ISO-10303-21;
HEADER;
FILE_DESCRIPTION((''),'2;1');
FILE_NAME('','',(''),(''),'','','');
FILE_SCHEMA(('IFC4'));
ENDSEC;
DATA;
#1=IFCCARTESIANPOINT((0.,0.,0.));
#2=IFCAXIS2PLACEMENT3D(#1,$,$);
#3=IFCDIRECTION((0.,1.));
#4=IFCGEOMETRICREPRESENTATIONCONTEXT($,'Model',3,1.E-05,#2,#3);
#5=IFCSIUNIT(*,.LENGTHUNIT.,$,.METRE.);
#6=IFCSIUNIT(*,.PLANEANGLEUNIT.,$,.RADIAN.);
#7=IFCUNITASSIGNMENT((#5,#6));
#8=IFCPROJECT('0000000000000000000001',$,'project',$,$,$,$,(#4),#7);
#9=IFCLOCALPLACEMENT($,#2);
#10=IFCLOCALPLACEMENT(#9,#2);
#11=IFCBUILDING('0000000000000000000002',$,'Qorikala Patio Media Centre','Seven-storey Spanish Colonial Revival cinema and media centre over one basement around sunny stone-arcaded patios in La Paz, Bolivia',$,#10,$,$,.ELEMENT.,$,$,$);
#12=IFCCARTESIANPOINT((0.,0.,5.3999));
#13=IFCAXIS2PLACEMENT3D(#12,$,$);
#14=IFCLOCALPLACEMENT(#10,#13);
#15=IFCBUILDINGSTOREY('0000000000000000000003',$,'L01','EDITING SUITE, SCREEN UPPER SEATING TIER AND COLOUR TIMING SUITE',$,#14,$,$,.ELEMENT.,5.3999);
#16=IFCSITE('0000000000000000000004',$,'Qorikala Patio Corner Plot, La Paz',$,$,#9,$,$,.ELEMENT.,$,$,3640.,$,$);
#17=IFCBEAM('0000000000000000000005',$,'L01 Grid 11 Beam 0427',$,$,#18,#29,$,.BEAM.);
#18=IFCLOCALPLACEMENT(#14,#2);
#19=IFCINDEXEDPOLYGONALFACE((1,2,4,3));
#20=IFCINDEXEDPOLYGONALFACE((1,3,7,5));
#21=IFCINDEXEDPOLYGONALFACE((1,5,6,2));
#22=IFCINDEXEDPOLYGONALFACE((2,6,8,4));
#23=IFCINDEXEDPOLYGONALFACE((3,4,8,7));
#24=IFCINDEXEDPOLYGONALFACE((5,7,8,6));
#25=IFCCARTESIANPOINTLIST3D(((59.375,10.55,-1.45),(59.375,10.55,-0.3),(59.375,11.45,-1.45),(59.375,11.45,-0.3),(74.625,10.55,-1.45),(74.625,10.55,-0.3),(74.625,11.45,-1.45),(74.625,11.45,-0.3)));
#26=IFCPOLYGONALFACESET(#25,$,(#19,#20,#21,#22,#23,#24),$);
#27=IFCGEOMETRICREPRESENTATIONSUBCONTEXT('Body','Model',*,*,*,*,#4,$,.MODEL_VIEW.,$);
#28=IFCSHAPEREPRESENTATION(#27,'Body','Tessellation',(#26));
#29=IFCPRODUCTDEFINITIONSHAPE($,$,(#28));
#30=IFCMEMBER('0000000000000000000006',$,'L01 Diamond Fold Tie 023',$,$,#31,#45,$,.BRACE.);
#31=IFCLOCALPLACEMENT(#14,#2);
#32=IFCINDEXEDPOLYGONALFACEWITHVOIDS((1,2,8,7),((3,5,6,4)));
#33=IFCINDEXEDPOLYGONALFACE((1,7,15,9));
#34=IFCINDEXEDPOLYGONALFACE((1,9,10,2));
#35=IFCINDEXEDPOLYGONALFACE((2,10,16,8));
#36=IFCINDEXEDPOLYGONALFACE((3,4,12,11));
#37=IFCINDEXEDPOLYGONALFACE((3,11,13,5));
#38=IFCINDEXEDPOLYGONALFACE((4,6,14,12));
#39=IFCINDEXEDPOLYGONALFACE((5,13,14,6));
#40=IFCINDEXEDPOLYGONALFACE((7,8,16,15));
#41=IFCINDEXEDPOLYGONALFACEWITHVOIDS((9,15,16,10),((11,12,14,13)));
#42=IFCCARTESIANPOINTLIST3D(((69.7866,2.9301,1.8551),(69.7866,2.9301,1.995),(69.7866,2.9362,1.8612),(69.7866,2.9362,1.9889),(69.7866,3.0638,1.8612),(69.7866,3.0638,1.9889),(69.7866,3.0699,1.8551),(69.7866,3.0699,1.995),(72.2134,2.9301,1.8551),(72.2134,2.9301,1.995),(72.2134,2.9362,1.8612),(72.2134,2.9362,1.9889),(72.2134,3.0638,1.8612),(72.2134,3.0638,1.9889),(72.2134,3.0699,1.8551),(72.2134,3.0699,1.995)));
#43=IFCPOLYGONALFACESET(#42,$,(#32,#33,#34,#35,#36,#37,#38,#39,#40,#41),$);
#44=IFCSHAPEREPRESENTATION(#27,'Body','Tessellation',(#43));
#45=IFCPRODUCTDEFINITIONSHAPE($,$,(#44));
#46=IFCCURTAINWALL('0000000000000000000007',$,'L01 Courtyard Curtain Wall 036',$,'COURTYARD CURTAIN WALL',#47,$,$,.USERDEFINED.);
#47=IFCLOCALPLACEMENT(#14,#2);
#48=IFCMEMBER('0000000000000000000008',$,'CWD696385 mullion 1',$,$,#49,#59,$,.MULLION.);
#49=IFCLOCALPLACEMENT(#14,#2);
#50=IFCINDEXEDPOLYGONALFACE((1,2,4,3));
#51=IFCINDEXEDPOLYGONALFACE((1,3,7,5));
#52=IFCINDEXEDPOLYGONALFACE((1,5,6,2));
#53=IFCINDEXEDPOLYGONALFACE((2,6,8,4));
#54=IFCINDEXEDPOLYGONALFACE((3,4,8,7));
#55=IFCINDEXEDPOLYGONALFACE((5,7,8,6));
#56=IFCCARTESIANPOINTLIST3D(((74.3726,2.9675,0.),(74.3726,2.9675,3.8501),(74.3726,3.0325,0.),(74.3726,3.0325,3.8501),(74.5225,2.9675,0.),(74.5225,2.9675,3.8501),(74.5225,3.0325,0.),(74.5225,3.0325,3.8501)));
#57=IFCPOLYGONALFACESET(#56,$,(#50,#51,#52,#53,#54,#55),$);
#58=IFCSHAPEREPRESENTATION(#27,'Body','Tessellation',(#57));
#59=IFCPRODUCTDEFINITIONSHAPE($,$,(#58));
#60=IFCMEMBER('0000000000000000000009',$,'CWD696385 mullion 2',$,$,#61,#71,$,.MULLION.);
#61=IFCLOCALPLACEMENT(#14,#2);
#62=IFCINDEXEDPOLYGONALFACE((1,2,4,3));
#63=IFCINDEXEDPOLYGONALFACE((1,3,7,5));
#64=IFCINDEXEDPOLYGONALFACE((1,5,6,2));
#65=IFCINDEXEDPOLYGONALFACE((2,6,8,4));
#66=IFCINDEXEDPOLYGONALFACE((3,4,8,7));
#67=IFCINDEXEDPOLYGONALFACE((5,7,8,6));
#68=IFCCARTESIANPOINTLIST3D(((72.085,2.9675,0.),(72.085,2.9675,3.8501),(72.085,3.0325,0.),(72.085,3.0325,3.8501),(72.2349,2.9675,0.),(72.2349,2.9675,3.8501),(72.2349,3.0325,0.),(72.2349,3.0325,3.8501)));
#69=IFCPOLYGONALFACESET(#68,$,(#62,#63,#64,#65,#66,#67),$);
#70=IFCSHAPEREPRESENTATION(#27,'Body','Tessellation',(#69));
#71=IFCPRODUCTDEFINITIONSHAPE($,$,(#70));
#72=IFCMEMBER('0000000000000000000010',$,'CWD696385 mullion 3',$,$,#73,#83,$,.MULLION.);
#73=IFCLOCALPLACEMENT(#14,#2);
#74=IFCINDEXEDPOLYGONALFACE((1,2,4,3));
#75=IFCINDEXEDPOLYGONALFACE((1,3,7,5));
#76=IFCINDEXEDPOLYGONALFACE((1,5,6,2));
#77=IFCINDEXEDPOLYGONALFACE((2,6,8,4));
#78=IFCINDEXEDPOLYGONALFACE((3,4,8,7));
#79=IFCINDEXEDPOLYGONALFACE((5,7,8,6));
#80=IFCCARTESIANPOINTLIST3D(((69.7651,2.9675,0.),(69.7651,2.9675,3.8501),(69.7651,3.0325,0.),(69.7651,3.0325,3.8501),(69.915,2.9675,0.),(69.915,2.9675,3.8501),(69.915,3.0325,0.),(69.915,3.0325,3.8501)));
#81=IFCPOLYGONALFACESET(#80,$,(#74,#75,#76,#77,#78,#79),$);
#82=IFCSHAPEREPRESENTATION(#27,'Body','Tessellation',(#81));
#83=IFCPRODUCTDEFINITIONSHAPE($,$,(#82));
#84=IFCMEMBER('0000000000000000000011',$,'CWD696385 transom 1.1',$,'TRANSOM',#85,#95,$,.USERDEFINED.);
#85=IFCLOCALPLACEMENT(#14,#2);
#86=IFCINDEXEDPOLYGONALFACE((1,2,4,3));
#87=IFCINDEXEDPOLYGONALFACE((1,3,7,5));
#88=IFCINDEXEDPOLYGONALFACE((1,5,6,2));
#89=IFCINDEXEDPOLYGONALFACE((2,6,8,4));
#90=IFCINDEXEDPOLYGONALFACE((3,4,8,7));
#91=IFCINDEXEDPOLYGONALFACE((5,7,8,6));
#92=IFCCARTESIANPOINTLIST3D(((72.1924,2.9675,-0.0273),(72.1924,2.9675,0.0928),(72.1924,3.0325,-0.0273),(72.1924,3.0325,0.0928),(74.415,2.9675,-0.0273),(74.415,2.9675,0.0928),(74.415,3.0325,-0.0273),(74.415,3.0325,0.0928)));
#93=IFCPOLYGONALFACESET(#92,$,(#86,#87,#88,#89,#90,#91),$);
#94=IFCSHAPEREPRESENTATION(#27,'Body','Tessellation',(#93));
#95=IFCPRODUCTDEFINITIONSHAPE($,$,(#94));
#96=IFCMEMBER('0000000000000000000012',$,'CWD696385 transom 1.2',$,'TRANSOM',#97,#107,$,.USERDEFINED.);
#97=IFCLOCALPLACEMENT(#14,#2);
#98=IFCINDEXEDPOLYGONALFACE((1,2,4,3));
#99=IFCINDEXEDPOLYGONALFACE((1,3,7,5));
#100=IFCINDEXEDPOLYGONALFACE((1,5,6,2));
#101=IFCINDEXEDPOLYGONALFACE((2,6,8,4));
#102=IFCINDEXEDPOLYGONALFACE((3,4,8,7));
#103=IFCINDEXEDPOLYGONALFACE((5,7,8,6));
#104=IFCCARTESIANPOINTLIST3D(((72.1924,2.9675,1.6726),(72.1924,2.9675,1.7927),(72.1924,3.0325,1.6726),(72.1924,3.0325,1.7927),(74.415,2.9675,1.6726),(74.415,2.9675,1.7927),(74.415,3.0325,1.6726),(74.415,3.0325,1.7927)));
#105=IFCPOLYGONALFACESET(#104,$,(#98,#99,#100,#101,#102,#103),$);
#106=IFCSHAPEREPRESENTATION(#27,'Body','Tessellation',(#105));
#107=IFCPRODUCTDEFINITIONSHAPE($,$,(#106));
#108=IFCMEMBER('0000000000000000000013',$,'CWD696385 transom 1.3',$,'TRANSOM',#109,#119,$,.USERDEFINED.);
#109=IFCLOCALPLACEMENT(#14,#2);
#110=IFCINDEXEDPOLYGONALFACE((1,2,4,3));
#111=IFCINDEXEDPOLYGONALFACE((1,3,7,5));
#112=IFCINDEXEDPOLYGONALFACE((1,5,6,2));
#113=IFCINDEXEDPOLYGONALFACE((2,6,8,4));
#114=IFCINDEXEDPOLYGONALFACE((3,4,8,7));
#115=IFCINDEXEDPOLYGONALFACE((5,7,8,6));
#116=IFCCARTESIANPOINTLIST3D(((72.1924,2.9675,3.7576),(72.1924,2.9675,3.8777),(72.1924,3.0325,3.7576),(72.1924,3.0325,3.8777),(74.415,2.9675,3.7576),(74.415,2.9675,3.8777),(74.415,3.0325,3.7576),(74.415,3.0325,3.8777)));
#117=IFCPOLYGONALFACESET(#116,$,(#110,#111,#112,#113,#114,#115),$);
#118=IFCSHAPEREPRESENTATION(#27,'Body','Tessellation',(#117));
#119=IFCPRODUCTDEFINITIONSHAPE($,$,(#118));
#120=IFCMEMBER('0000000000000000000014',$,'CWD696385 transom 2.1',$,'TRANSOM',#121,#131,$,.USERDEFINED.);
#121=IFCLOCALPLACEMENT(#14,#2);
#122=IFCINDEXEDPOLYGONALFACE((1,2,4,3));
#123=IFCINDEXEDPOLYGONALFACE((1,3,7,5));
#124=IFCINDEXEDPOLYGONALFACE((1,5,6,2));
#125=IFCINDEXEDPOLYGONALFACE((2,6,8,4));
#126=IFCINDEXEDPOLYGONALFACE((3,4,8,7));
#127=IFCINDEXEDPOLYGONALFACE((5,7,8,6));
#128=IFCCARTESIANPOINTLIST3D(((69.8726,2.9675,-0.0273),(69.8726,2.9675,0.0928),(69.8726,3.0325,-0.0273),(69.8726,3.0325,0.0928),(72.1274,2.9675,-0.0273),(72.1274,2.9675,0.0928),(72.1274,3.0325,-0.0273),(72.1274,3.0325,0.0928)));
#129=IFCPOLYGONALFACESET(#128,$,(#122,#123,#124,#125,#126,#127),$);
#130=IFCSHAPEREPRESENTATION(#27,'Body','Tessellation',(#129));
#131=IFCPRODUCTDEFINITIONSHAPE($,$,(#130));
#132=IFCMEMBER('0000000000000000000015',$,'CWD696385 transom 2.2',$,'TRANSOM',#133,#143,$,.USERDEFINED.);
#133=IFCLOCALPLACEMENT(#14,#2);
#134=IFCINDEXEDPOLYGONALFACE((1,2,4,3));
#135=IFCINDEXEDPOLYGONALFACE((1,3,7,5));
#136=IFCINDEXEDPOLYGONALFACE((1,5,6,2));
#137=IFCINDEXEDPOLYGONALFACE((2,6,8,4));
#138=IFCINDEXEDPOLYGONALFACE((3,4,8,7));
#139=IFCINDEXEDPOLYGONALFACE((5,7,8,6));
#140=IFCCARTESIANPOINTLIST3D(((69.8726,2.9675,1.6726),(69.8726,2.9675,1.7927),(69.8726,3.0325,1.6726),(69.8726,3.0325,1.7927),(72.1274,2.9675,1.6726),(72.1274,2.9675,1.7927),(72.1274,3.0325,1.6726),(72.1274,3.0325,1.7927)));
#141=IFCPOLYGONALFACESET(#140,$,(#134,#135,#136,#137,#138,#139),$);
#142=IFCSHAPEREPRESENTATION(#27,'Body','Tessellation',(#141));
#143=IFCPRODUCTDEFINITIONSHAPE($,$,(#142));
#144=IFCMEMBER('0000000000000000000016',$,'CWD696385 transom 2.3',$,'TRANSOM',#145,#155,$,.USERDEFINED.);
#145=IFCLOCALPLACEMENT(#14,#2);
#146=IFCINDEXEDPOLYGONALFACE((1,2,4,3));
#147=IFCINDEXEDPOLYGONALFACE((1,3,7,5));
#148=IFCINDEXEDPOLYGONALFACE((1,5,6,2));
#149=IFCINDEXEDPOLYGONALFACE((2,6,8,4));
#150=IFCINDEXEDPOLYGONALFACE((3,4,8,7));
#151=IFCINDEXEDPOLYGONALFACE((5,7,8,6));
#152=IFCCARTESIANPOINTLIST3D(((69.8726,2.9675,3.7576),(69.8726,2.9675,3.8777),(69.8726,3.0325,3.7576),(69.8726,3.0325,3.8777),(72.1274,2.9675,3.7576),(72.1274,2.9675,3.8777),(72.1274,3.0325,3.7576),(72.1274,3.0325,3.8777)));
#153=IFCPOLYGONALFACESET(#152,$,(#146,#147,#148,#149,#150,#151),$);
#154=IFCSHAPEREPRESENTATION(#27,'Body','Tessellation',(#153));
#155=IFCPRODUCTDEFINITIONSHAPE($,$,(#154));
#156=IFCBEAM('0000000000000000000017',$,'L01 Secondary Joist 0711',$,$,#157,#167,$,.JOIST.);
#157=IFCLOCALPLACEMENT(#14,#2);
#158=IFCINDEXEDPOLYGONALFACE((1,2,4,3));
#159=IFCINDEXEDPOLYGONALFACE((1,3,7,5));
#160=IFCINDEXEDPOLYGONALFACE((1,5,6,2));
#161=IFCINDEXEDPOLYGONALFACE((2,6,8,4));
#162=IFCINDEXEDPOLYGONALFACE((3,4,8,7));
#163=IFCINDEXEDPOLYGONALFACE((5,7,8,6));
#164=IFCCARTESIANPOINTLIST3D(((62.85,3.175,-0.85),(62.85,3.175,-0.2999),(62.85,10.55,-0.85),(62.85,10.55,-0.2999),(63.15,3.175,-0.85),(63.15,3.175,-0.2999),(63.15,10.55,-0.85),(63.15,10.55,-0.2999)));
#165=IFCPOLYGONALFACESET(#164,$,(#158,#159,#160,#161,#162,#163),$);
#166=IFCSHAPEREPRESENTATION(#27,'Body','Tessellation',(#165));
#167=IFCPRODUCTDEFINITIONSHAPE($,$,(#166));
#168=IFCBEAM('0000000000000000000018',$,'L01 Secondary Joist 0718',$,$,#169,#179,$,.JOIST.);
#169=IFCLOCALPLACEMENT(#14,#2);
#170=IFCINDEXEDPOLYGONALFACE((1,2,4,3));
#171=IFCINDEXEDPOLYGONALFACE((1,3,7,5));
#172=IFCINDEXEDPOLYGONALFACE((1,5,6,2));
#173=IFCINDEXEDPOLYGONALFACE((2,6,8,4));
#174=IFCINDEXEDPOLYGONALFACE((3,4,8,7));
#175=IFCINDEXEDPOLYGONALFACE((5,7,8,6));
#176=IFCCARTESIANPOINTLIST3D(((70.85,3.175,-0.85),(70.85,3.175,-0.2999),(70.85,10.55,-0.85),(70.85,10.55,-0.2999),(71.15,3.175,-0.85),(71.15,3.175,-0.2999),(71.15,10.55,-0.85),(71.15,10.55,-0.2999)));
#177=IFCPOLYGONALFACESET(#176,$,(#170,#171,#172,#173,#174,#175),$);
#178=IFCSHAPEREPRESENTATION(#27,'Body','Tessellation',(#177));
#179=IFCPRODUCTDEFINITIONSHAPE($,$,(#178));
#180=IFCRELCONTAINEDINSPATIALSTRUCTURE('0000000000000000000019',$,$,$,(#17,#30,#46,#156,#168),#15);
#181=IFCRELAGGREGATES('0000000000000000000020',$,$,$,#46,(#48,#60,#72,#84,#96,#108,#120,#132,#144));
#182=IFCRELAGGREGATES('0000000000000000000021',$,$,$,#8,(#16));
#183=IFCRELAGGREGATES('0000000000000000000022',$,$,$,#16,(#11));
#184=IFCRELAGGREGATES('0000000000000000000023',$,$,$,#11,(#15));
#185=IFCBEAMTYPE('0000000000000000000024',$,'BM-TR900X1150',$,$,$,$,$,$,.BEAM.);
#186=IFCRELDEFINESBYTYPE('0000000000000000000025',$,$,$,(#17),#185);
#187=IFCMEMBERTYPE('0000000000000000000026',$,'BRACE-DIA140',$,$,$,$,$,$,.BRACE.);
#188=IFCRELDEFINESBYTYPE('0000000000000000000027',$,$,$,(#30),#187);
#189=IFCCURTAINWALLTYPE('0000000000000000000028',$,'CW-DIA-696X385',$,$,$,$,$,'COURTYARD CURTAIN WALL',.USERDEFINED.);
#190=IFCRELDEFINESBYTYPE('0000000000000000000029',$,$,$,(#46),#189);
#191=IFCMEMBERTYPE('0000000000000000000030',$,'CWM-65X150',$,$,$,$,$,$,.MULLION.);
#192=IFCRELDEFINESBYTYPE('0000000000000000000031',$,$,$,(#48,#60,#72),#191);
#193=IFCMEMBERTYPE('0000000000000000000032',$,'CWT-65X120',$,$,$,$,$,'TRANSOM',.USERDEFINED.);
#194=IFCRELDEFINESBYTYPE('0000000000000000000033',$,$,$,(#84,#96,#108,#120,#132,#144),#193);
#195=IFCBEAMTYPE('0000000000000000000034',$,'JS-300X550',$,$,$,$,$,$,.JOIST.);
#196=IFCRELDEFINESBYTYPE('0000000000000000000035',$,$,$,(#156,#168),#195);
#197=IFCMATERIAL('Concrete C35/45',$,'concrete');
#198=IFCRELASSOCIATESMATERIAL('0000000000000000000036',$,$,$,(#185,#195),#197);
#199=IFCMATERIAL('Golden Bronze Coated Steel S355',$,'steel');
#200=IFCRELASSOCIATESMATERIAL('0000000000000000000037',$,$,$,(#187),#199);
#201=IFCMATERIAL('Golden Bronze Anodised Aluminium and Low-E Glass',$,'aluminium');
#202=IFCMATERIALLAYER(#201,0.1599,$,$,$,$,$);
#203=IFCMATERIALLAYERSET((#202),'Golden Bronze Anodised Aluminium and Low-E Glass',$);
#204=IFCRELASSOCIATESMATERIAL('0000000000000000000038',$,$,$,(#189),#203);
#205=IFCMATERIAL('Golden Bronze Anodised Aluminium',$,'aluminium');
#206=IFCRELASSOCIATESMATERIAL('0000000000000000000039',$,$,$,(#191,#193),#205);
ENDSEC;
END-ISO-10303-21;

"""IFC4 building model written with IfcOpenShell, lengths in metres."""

from ifc_helpers import new_model, si_unit, direction, frame, origin, origin_2d, place, context, subcontext, project, spatial, rectangle, hollow_rectangle, extrude, material, layer, layer_set, material_profile, profile_set, type_object, element, aggregate, save


model = new_model("IFC4")

# Units and contexts
model_context = context("Model", 3, precision=1e-05, world=origin(), true_north=direction((0.0, 1.0)))
body_context = subcontext(model_context, "Body", "Model", "MODEL_VIEW")
ifc_project = project(units=[si_unit("LENGTHUNIT", "METRE"), si_unit("PLANEANGLEUNIT", "RADIAN")], contexts=[model_context])

# Site, building, storey
site_placement = place(None, origin())
site = spatial("IfcSite", under=ifc_project, at=site_placement, Name="Qorikala Patio Corner Plot, La Paz", CompositionType="ELEMENT", RefElevation=3640.0)
building_placement = place(site_placement, origin())
building = spatial("IfcBuilding", under=site, at=building_placement, Name="Qorikala Patio Media Centre", Description="Seven-storey Spanish Colonial Revival cinema and media centre over one basement around sunny stone-arcaded patios in La Paz, Bolivia", CompositionType="ELEMENT")
storey_placement = place(building_placement, frame((0.0, 0.0, 5.3999)))
storey = spatial("IfcBuildingStorey", under=building, at=storey_placement, Name="L01", Description="EDITING SUITE, SCREEN UPPER SEATING TIER AND COLOUR TIMING SUITE", CompositionType="ELEMENT", Elevation=5.3999)

# Beam
ifc_material_1 = material(Name="Concrete C35/45", Category="concrete")
ifc_material_profile_1 = material_profile(ifc_material_1, rectangle(XDim=0.8999, YDim=1.1499, at=origin_2d()), Name="RC 900x1150")
ifc_profile_set_1 = profile_set([ifc_material_profile_1], Name="Concrete C35/45")
beam_type_1 = type_object("IfcBeamType", Name="BM-TR900X1150", PredefinedType="BEAM", material=ifc_profile_set_1)
beam_placement = place(storey_placement, frame((59.375, 11.0, -0.875), z_axis=(1.0, 0.0, 0.0), x_axis=(0.0, 1.0, 0.0)))
element("IfcBeam", 1, at=beam_placement, inside=storey, type_object=beam_type_1, Name="L01 Grid 11 Beam 0427", PredefinedType="BEAM", context=body_context, shape_type="SweptSolid", body=[
    extrude(rectangle(XDim=0.8999, YDim=1.1499, at=origin_2d()), origin(), (0.0, 0.0, 1.0), 15.25),
])

# Member
ifc_material_2 = material(Name="Golden Bronze Coated Steel S355", Category="steel")
ifc_material_profile_2 = material_profile(ifc_material_2, hollow_rectangle(XDim=0.1399, YDim=0.1399, WallThickness=0.0061, at=origin_2d()), Name="HSS140X140X6")
ifc_profile_set_2 = profile_set([ifc_material_profile_2], Name="Golden Bronze Coated Steel S355")
member_type_1 = type_object("IfcMemberType", Name="BRACE-DIA140", PredefinedType="BRACE", material=ifc_profile_set_2)
member_1_placement = place(storey_placement, frame((72.2134, 3.0, 1.925), z_axis=(-1.0, 0.0, 0.0), x_axis=(0.0, -1.0, 0.0)))
element("IfcMember", 2, at=member_1_placement, inside=storey, type_object=member_type_1, Name="L01 Diamond Fold Tie 023", PredefinedType="BRACE", context=body_context, shape_type="SweptSolid", body=[
    extrude(hollow_rectangle(XDim=0.1399, YDim=0.1399, WallThickness=0.0061, at=origin_2d()), origin(), (0.0, 0.0, 1.0), 2.4268),
])

# Curtain wall, members
ifc_material_3 = material(Name="Golden Bronze Anodised Aluminium and Low-E Glass", Category="aluminium")
ifc_layer_1 = layer(ifc_material_3, 0.1599)
ifc_layer_set_1 = layer_set([ifc_layer_1], Name="Golden Bronze Anodised Aluminium and Low-E Glass")
curtain_wall_type = type_object("IfcCurtainWallType", Name="CW-DIA-696X385", ElementType="COURTYARD CURTAIN WALL", PredefinedType="USERDEFINED", material=ifc_layer_set_1)
curtain_wall_placement = place(storey_placement, origin())
curtain_wall = element("IfcCurtainWall", 3, at=curtain_wall_placement, inside=storey, type_object=curtain_wall_type, Name="L01 Courtyard Curtain Wall 036", ObjectType="COURTYARD CURTAIN WALL", PredefinedType="USERDEFINED")
ifc_material_4 = material(Name="Golden Bronze Anodised Aluminium", Category="aluminium")
ifc_material_profile_3 = material_profile(ifc_material_4, rectangle(XDim=0.0649, YDim=0.1499, at=origin_2d()), Name="ALU MULLION 65x150")
ifc_profile_set_3 = profile_set([ifc_material_profile_3], Name="Golden Bronze Anodised Aluminium")
member_type_2 = type_object("IfcMemberType", Name="CWM-65X150", PredefinedType="MULLION", material=ifc_profile_set_3)
member_2_placement = place(storey_placement, frame((74.4475, 3.0, 0.0), z_axis=(0.0, 0.0, 1.0), x_axis=(0.0, -1.0, 0.0)))
member_2 = element("IfcMember", 4, at=member_2_placement, type_object=member_type_2, Name="CWD696385 mullion 1", PredefinedType="MULLION", context=body_context, shape_type="SweptSolid", body=[
    extrude(rectangle(XDim=0.0649, YDim=0.1499, at=origin_2d()), origin(), (0.0, 0.0, 1.0), 3.8501),
])
member_3_placement = place(storey_placement, frame((72.1599, 3.0, 0.0), z_axis=(0.0, 0.0, 1.0), x_axis=(0.0, -1.0, 0.0)))
member_3 = element("IfcMember", 5, at=member_3_placement, type_object=member_type_2, Name="CWD696385 mullion 2", PredefinedType="MULLION", context=body_context, shape_type="SweptSolid", body=[
    extrude(rectangle(XDim=0.0649, YDim=0.1499, at=origin_2d()), origin(), (0.0, 0.0, 1.0), 3.8501),
])
member_4_placement = place(storey_placement, frame((69.8401, 3.0, 0.0), z_axis=(0.0, 0.0, 1.0), x_axis=(0.0, -1.0, 0.0)))
member_4 = element("IfcMember", 6, at=member_4_placement, type_object=member_type_2, Name="CWD696385 mullion 3", PredefinedType="MULLION", context=body_context, shape_type="SweptSolid", body=[
    extrude(rectangle(XDim=0.0649, YDim=0.1499, at=origin_2d()), origin(), (0.0, 0.0, 1.0), 3.8501),
])
ifc_material_profile_4 = material_profile(ifc_material_4, rectangle(XDim=0.0649, YDim=0.1201, at=origin_2d()), Name="ALU TRANSOM 65x120")
ifc_profile_set_4 = profile_set([ifc_material_profile_4], Name="Golden Bronze Anodised Aluminium")
member_type_3 = type_object("IfcMemberType", Name="CWT-65X120", ElementType="TRANSOM", PredefinedType="USERDEFINED", material=ifc_profile_set_4)
member_5_placement = place(storey_placement, frame((74.415, 3.0, 0.0327), z_axis=(-1.0, 0.0, 0.0), x_axis=(0.0, -1.0, 0.0)))
member_5 = element("IfcMember", 7, at=member_5_placement, type_object=member_type_3, Name="CWD696385 transom 1.1", ObjectType="TRANSOM", PredefinedType="USERDEFINED", context=body_context, shape_type="SweptSolid", body=[
    extrude(rectangle(XDim=0.0649, YDim=0.1201, at=origin_2d()), origin(), (0.0, 0.0, 1.0), 2.2227),
])
member_6_placement = place(storey_placement, frame((74.415, 3.0, 1.7327), z_axis=(-1.0, 0.0, 0.0), x_axis=(0.0, -1.0, 0.0)))
member_6 = element("IfcMember", 8, at=member_6_placement, type_object=member_type_3, Name="CWD696385 transom 1.2", ObjectType="TRANSOM", PredefinedType="USERDEFINED", context=body_context, shape_type="SweptSolid", body=[
    extrude(rectangle(XDim=0.0649, YDim=0.1201, at=origin_2d()), origin(), (0.0, 0.0, 1.0), 2.2227),
])
member_7_placement = place(storey_placement, frame((74.415, 3.0, 3.8176), z_axis=(-1.0, 0.0, 0.0), x_axis=(0.0, -1.0, 0.0)))
member_7 = element("IfcMember", 9, at=member_7_placement, type_object=member_type_3, Name="CWD696385 transom 1.3", ObjectType="TRANSOM", PredefinedType="USERDEFINED", context=body_context, shape_type="SweptSolid", body=[
    extrude(rectangle(XDim=0.0649, YDim=0.1201, at=origin_2d()), origin(), (0.0, 0.0, 1.0), 2.2227),
])
member_8_placement = place(storey_placement, frame((72.1274, 3.0, 0.0327), z_axis=(-1.0, 0.0, 0.0), x_axis=(0.0, -1.0, 0.0)))
member_8 = element("IfcMember", 10, at=member_8_placement, type_object=member_type_3, Name="CWD696385 transom 2.1", ObjectType="TRANSOM", PredefinedType="USERDEFINED", context=body_context, shape_type="SweptSolid", body=[
    extrude(rectangle(XDim=0.0649, YDim=0.1201, at=origin_2d()), origin(), (0.0, 0.0, 1.0), 2.2549),
])
member_9_placement = place(storey_placement, frame((72.1274, 3.0, 1.7327), z_axis=(-1.0, 0.0, 0.0), x_axis=(0.0, -1.0, 0.0)))
member_9 = element("IfcMember", 11, at=member_9_placement, type_object=member_type_3, Name="CWD696385 transom 2.2", ObjectType="TRANSOM", PredefinedType="USERDEFINED", context=body_context, shape_type="SweptSolid", body=[
    extrude(rectangle(XDim=0.0649, YDim=0.1201, at=origin_2d()), origin(), (0.0, 0.0, 1.0), 2.2549),
])
member_10_placement = place(storey_placement, frame((72.1274, 3.0, 3.8176), z_axis=(-1.0, 0.0, 0.0), x_axis=(0.0, -1.0, 0.0)))
member_10 = element("IfcMember", 12, at=member_10_placement, type_object=member_type_3, Name="CWD696385 transom 2.3", ObjectType="TRANSOM", PredefinedType="USERDEFINED", context=body_context, shape_type="SweptSolid", body=[
    extrude(rectangle(XDim=0.0649, YDim=0.1201, at=origin_2d()), origin(), (0.0, 0.0, 1.0), 2.2549),
])

# Beams
ifc_material_profile_5 = material_profile(ifc_material_1, rectangle(XDim=0.3, YDim=0.55, at=origin_2d()), Name="RC 300x550")
ifc_profile_set_5 = profile_set([ifc_material_profile_5], Name="Concrete C35/45")
beam_type_2 = type_object("IfcBeamType", Name="JS-300X550", PredefinedType="JOIST", material=ifc_profile_set_5)
for number, where, z_axis, x_axis, name in (
    (13, (63.0, 3.175, -0.575), (0.0, 1.0, 0.0), (-1.0, 0.0, 0.0), "L01 Secondary Joist 0711"),
    (14, (71.0, 3.175, -0.575), (0.0, 1.0, 0.0), (-1.0, 0.0, 0.0), "L01 Secondary Joist 0718"),
):
    element("IfcBeam", number, at=place(storey_placement, frame(where, z_axis=z_axis, x_axis=x_axis)), inside=storey, type_object=beam_type_2, Name=name, PredefinedType="JOIST", context=body_context, shape_type="SweptSolid", body=[
        extrude(rectangle(XDim=0.3, YDim=0.55, at=origin_2d()), origin(), (0.0, 0.0, 1.0), 7.375),
    ])

aggregate(curtain_wall, [member_2, member_3, member_4, member_5, member_6, member_7, member_8, member_9, member_10])

save(model, "model.ifc")
